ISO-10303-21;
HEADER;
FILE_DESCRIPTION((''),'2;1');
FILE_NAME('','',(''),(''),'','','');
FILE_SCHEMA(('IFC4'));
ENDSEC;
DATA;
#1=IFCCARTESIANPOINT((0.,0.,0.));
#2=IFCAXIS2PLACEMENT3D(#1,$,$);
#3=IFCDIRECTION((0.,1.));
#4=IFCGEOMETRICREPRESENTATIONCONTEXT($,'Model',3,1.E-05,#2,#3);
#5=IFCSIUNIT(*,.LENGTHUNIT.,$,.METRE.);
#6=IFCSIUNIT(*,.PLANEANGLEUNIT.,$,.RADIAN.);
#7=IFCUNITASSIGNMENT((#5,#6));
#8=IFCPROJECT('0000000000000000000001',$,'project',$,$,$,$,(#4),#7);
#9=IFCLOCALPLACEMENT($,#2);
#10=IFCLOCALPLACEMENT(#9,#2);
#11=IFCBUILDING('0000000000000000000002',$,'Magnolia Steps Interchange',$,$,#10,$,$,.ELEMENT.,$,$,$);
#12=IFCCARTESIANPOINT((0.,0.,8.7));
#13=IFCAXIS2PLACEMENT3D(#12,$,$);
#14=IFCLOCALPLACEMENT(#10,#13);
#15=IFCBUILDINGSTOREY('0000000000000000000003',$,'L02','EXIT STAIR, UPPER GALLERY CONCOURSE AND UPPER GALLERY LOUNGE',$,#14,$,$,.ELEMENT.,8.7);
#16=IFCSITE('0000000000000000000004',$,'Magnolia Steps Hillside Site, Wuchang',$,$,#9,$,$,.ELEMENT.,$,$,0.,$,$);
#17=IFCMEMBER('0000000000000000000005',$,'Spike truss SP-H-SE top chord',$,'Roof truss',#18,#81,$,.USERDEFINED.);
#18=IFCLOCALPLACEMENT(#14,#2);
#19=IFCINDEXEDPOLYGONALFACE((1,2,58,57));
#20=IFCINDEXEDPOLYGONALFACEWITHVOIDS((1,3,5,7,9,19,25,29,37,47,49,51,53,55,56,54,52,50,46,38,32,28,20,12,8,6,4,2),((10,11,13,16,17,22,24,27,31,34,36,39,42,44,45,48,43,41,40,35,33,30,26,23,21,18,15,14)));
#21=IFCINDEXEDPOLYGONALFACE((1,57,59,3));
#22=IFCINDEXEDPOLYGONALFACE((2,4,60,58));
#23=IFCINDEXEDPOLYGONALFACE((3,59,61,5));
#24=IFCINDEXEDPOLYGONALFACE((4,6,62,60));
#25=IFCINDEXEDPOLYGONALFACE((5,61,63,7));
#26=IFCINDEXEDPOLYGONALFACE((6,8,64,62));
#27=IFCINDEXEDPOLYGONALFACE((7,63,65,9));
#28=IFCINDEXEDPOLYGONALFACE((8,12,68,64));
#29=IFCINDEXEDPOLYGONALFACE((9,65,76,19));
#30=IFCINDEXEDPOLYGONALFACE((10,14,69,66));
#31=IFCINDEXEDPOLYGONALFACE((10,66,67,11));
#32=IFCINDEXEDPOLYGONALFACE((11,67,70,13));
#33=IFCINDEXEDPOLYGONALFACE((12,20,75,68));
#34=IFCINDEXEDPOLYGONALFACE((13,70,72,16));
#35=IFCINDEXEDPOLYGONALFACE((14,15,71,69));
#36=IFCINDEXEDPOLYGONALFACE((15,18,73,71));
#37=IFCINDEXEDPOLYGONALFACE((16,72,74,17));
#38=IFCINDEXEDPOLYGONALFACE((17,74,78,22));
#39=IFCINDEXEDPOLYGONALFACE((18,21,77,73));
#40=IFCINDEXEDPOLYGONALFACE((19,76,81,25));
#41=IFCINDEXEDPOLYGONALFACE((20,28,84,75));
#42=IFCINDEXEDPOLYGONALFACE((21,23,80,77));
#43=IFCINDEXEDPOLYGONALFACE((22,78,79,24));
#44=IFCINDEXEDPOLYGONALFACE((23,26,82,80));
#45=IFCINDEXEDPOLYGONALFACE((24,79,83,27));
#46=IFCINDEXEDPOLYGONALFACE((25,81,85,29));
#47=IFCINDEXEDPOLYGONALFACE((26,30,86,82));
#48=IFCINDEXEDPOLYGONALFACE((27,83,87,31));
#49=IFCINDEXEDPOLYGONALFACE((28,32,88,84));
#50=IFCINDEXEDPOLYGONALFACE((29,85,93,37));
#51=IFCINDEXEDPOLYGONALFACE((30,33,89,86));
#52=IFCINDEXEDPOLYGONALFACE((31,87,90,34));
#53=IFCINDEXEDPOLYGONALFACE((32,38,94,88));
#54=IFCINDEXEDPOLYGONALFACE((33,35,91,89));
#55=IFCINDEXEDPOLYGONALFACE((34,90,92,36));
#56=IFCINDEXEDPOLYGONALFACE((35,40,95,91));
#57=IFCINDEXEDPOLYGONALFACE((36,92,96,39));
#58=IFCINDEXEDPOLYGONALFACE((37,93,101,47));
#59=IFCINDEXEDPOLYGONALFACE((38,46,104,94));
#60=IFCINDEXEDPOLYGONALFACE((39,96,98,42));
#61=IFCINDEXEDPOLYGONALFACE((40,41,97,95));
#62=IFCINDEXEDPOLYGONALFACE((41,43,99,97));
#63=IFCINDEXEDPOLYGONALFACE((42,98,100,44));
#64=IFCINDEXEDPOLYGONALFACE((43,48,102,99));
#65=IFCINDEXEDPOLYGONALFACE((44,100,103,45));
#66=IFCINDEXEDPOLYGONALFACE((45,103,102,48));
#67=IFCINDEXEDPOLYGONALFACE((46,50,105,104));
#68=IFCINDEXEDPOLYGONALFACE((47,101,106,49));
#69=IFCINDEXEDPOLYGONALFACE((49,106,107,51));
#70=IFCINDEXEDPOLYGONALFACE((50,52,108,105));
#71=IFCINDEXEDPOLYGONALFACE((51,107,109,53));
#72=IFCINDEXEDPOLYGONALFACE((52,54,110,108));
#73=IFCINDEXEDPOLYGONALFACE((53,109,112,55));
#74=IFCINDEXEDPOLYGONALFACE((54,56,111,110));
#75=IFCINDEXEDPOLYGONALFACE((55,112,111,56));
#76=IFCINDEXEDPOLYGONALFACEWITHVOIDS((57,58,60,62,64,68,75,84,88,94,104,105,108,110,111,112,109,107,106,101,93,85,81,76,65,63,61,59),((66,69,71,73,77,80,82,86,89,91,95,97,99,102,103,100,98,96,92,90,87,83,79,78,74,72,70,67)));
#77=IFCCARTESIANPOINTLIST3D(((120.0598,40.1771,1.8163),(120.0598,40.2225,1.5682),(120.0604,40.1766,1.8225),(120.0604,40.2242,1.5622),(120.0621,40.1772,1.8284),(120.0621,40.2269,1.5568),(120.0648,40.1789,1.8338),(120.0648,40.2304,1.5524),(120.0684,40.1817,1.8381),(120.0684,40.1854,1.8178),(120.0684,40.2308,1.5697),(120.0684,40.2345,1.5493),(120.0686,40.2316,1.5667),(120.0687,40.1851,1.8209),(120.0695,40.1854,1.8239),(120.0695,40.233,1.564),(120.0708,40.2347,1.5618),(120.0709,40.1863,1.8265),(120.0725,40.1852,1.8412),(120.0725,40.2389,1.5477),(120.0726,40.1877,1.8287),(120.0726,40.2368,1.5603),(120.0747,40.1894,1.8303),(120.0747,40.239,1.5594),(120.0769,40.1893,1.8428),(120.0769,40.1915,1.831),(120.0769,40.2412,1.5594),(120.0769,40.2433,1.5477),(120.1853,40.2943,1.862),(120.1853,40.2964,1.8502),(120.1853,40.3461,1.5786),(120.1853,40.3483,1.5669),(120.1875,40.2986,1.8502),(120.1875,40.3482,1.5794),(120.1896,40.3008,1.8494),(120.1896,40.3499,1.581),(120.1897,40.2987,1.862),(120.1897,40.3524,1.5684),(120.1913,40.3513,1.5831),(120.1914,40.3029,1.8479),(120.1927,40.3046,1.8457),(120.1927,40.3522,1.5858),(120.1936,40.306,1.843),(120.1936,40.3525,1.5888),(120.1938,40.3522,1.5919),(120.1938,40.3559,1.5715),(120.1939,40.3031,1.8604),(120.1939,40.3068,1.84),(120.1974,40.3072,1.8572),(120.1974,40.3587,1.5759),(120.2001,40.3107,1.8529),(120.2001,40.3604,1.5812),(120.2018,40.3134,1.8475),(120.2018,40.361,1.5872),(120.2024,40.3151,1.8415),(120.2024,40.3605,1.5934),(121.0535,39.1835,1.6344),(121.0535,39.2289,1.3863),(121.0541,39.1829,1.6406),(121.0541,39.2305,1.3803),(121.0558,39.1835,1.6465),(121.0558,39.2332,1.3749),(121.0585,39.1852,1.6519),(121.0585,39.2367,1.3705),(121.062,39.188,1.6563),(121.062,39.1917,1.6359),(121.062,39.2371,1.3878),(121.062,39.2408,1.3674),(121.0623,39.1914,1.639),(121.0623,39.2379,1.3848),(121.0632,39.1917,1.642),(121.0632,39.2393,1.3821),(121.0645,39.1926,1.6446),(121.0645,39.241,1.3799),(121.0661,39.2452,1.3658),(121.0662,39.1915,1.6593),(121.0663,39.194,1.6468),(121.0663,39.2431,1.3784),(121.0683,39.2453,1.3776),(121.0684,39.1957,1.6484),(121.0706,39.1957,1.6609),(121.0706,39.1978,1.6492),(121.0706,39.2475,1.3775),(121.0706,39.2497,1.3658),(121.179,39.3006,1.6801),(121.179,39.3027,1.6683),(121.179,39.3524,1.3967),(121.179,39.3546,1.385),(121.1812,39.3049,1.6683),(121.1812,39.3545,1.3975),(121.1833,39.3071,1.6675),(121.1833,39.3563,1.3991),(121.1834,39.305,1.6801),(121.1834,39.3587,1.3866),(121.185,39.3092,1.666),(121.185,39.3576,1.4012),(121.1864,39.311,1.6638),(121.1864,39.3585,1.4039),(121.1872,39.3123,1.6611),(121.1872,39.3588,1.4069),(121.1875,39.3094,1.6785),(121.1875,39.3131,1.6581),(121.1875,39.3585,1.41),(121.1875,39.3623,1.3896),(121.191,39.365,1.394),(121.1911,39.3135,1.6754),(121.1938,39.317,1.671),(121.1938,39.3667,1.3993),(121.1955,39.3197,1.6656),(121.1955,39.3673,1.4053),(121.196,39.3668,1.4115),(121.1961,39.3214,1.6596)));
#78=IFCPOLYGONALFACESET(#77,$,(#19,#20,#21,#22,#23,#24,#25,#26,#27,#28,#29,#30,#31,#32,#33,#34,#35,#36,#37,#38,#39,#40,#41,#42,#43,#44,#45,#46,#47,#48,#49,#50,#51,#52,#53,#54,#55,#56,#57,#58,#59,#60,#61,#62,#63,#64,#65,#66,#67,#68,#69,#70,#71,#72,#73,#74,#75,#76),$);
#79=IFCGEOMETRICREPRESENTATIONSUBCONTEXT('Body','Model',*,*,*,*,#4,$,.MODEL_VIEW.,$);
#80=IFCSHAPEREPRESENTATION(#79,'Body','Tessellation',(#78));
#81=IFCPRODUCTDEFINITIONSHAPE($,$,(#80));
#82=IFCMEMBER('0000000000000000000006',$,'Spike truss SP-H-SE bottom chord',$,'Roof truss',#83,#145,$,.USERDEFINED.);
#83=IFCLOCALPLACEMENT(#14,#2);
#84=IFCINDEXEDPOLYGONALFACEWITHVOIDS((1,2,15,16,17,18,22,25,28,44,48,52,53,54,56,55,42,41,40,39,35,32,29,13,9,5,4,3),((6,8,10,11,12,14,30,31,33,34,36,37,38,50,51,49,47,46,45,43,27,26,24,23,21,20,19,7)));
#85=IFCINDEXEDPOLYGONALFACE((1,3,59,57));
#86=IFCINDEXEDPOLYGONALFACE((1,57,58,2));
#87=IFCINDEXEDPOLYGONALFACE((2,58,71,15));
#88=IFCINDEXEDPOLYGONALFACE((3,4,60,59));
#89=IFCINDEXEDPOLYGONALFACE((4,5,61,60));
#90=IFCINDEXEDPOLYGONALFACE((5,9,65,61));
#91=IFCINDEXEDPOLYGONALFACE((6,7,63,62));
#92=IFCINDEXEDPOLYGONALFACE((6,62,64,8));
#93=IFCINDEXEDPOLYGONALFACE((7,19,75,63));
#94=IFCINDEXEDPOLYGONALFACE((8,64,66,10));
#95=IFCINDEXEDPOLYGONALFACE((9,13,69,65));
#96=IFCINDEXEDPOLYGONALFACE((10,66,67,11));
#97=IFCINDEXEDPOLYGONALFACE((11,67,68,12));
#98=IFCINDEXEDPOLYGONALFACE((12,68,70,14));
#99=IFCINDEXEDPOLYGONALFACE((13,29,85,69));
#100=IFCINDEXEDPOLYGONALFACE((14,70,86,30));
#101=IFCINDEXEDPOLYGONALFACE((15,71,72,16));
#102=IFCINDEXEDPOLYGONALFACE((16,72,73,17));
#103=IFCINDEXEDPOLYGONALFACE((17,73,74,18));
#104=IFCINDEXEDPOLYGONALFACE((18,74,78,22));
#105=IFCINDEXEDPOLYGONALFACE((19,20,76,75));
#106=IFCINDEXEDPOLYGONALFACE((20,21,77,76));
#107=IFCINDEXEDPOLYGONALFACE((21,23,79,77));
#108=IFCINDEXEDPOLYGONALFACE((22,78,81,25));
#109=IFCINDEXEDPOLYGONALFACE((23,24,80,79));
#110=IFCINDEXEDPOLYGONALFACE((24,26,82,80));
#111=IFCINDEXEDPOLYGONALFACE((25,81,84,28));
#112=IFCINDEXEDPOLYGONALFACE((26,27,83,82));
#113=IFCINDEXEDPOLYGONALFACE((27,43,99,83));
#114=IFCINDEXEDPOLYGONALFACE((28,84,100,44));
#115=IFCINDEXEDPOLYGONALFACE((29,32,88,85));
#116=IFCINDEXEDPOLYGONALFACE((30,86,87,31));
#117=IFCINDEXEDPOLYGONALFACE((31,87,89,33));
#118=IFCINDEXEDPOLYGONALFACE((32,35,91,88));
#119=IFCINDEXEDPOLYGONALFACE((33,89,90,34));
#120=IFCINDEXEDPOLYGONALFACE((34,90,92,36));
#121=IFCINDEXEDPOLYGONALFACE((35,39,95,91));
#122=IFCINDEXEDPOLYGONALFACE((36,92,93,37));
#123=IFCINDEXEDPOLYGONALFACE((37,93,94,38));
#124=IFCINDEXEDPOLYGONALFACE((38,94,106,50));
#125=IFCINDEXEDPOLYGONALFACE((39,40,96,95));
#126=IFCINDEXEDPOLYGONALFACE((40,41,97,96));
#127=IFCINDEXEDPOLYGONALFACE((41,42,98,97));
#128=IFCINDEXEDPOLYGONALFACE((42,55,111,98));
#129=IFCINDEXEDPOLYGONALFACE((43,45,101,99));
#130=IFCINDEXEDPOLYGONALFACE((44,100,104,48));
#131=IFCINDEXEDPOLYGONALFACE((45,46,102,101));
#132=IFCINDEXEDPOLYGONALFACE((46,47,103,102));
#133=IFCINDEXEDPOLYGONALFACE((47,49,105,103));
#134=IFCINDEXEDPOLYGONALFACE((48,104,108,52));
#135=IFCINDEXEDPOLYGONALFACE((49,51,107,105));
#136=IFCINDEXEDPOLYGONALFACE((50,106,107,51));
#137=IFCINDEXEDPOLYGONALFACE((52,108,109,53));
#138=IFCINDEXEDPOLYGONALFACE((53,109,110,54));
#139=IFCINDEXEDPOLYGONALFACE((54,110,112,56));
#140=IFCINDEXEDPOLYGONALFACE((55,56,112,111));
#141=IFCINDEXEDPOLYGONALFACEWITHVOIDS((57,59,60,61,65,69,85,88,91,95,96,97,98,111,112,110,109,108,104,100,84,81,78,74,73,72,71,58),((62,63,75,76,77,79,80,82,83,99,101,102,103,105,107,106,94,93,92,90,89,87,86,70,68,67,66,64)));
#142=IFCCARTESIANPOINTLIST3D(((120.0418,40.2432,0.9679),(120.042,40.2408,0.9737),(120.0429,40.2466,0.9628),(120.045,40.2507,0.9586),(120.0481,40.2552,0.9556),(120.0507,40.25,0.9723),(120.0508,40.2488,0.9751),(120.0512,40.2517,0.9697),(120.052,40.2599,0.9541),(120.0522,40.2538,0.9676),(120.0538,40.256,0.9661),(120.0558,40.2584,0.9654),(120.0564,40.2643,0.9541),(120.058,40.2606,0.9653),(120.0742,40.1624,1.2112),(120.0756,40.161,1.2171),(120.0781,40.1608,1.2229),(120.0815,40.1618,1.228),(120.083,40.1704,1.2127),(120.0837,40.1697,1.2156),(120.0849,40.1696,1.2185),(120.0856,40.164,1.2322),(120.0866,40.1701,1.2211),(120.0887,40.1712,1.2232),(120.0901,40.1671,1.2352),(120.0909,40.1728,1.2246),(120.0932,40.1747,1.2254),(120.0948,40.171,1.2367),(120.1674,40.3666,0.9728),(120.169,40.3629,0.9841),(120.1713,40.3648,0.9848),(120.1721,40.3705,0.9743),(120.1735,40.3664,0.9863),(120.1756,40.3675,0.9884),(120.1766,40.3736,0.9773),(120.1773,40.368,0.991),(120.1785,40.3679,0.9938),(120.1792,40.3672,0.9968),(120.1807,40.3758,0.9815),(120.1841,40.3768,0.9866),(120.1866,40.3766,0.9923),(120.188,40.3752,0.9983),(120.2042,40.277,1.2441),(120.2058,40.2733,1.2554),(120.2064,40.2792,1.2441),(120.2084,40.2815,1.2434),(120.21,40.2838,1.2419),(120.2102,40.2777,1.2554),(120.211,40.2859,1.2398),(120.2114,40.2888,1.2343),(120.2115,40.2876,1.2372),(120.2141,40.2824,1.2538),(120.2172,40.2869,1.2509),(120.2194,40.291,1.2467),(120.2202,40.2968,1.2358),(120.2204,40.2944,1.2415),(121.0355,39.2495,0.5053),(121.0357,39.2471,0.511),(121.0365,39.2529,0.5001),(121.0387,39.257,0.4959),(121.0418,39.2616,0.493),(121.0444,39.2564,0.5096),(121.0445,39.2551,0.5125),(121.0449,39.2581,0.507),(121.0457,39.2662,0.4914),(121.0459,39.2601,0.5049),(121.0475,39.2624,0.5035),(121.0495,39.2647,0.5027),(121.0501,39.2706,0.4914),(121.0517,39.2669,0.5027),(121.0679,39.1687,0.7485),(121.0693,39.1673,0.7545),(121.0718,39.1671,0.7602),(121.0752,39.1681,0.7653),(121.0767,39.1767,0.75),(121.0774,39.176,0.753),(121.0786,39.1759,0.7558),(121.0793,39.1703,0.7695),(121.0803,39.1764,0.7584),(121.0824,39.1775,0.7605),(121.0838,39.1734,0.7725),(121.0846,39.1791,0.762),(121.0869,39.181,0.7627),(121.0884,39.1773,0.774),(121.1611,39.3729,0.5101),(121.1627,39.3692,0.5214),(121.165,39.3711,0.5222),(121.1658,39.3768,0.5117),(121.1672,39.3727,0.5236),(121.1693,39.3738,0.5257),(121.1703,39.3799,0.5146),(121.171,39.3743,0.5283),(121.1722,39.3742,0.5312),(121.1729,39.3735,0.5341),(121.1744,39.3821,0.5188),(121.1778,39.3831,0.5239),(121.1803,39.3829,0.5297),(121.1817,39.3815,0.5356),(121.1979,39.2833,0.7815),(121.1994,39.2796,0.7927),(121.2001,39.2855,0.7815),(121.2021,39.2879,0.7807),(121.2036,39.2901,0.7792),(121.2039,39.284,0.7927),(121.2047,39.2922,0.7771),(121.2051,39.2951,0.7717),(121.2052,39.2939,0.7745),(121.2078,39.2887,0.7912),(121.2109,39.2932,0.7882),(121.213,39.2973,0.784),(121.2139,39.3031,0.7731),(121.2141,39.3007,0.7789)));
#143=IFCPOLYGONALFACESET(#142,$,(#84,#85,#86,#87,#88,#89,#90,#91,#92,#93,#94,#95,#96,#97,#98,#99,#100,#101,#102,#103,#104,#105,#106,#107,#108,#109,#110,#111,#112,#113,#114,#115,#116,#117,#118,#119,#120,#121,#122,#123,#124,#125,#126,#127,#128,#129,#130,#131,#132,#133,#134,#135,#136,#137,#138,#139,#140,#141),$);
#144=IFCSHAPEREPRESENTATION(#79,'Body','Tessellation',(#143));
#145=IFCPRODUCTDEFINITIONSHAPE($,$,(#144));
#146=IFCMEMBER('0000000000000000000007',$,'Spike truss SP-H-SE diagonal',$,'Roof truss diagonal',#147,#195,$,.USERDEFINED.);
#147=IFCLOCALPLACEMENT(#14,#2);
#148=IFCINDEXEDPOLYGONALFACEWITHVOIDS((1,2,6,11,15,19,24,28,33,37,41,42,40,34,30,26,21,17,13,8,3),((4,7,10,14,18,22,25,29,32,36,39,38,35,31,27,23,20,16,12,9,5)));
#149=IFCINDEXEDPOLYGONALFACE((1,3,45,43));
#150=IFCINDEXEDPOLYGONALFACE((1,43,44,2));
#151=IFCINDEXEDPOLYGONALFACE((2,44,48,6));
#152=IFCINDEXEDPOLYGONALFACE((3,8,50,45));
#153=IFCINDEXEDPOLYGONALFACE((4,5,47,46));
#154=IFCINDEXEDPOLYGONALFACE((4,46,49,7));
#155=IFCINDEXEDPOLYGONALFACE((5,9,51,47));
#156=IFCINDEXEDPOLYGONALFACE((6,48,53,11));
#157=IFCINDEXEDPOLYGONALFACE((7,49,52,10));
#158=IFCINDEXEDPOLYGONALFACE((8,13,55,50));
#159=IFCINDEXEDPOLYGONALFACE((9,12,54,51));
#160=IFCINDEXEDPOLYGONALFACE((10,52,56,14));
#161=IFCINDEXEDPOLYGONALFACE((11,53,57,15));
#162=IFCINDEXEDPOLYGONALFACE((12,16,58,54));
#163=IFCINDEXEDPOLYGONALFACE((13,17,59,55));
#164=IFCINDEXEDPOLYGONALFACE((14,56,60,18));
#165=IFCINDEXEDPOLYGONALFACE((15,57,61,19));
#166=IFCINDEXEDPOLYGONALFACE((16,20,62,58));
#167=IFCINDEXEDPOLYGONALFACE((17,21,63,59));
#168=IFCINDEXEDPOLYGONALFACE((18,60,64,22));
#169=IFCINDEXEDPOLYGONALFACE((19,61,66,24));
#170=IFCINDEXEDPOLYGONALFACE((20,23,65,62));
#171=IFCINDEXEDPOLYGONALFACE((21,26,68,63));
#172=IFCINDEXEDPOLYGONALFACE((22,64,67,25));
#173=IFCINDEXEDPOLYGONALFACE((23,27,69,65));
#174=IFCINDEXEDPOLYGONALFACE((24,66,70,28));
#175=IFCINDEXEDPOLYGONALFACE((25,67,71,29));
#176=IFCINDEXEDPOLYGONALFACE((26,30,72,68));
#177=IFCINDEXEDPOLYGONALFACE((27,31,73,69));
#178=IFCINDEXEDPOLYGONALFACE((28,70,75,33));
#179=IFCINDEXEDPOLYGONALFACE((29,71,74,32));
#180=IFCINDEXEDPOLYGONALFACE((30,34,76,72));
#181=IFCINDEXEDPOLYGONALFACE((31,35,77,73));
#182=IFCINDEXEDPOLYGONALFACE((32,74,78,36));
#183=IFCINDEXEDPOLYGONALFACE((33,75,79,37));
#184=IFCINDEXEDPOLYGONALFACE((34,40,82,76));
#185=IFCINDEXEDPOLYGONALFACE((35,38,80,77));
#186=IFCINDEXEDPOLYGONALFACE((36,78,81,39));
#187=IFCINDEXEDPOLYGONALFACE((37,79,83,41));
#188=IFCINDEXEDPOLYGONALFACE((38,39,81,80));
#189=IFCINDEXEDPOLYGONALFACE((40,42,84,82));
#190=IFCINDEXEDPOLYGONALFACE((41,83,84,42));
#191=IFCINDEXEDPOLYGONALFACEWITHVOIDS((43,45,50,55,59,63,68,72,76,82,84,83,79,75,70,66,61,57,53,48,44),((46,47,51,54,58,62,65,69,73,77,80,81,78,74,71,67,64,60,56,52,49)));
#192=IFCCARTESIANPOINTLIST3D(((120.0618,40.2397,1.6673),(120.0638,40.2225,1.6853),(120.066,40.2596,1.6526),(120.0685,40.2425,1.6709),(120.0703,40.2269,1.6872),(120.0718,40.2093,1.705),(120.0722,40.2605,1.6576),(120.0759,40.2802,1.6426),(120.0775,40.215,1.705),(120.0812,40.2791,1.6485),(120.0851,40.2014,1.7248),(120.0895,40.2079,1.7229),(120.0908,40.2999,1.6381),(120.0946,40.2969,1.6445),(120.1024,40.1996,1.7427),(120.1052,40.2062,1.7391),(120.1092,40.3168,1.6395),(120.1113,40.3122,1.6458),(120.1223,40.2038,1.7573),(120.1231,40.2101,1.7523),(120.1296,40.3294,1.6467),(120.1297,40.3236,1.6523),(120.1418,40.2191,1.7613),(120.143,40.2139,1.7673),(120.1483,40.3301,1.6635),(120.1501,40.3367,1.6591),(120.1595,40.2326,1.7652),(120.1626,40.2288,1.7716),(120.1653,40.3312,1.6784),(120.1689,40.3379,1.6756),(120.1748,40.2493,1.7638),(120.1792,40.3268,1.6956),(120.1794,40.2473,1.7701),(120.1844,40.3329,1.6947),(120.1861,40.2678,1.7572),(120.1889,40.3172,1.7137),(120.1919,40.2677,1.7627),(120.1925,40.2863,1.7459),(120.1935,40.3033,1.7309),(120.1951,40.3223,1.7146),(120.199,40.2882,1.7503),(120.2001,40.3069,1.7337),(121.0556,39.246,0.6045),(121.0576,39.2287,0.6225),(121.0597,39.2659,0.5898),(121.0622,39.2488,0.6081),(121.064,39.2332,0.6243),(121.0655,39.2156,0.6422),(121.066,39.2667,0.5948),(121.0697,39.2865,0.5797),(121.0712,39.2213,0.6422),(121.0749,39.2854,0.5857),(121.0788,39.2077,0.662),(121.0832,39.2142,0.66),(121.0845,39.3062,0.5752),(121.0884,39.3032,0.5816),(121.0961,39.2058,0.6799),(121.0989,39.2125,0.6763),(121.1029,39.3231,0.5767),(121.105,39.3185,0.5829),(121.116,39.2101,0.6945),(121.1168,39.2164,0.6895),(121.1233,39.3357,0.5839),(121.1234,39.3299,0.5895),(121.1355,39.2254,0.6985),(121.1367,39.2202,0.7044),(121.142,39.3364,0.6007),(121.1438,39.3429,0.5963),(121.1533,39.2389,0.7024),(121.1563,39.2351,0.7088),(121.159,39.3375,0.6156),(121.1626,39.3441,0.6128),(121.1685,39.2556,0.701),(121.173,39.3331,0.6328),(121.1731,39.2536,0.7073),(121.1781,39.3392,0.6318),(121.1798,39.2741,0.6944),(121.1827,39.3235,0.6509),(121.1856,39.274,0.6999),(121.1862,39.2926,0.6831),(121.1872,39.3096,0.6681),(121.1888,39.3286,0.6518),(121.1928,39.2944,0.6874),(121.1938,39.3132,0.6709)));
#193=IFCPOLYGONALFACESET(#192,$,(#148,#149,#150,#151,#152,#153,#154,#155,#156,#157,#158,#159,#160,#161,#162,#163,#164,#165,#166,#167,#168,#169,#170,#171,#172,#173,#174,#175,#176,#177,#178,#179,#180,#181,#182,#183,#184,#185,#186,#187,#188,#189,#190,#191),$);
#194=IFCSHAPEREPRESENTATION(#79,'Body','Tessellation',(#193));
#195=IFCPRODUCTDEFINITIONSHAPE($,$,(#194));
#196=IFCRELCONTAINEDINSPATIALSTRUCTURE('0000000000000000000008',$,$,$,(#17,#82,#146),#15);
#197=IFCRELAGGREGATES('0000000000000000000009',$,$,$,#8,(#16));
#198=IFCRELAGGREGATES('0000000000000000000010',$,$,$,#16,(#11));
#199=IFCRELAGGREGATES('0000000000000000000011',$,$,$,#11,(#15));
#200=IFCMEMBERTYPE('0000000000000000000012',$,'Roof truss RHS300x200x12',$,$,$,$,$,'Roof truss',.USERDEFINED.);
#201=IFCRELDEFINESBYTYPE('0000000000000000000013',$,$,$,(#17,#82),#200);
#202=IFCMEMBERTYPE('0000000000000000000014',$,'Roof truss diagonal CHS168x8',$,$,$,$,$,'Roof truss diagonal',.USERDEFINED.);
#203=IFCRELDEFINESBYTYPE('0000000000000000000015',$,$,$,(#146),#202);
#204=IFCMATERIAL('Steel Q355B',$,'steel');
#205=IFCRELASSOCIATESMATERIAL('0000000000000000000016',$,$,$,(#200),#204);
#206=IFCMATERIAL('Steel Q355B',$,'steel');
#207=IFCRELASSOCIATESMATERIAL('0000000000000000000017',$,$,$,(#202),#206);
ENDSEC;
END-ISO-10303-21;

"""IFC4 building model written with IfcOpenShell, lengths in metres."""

from ifc_helpers import new_model, si_unit, direction, frame, origin, origin_2d, place, context, subcontext, project, spatial, hollow_rectangle, hollow_circle, extrude, material, material_profile, profile_set, type_object, element, save


model = new_model("IFC4")

# Units and contexts
model_context = context("Model", 3, precision=1e-05, world=origin(), true_north=direction((0.0, 1.0)))
body_context = subcontext(model_context, "Body", "Model", "MODEL_VIEW")
ifc_project = project(units=[si_unit("LENGTHUNIT", "METRE"), si_unit("PLANEANGLEUNIT", "RADIAN")], contexts=[model_context])

# Site, building, storey
site_placement = place(None, origin())
site = spatial("IfcSite", under=ifc_project, at=site_placement, Name="Magnolia Steps Hillside Site, Wuchang", CompositionType="ELEMENT", RefElevation=0.0)
building_placement = place(site_placement, origin())
building = spatial("IfcBuilding", under=site, at=building_placement, Name="Magnolia Steps Interchange", CompositionType="ELEMENT")
storey_placement = place(building_placement, frame((0.0, 0.0, 8.7)))
storey = spatial("IfcBuildingStorey", under=building, at=storey_placement, Name="L02", Description="EXIT STAIR, UPPER GALLERY CONCOURSE AND UPPER GALLERY LOUNGE", CompositionType="ELEMENT", Elevation=8.7)

# Members
ifc_material_1 = material(Name="Steel Q355B", Category="steel")
ifc_material_profile_1 = material_profile(ifc_material_1, hollow_rectangle(XDim=0.2, YDim=0.3, WallThickness=0.012, InnerFilletRadius=0.012, OuterFilletRadius=0.0239, at=origin_2d()), Name="RHS300x200x12")
ifc_profile_set_1 = profile_set([ifc_material_profile_1], Name="Steel Q355B")
member_type_1 = type_object("IfcMemberType", Name="Roof truss RHS300x200x12", ElementType="Roof truss", PredefinedType="USERDEFINED", material=ifc_profile_set_1)
member_1_placement = place(storey_placement, frame((120.1311, 40.2688, 1.7048), z_axis=(0.701257, -0.701257, -0.128363), x_axis=(0.712908, 0.689811, 0.126185)))
element("IfcMember", 1, at=member_1_placement, inside=storey, type_object=member_type_1, Name="Spike truss SP-H-SE top chord", ObjectType="Roof truss", PredefinedType="USERDEFINED", context=body_context, shape_type="SweptSolid", body=[
    extrude(hollow_rectangle(XDim=0.2, YDim=0.3, WallThickness=0.012, InnerFilletRadius=0.012, OuterFilletRadius=0.0239, at=origin_2d()), origin(), (0.0, 0.0, 1.0), 1.417),
])
member_2_placement = place(storey_placement, frame((120.1311, 40.2688, 1.1047), z_axis=(0.671643, -0.671643, -0.312718), x_axis=(0.729791, 0.672511, 0.123023)))
element("IfcMember", 2, at=member_2_placement, inside=storey, type_object=member_type_1, Name="Spike truss SP-H-SE bottom chord", ObjectType="Roof truss", PredefinedType="USERDEFINED", context=body_context, shape_type="SweptSolid", body=[
    extrude(hollow_rectangle(XDim=0.2, YDim=0.3, WallThickness=0.012, InnerFilletRadius=0.012, OuterFilletRadius=0.0239, at=origin_2d()), origin(), (0.0, 0.0, 1.0), 1.4795),
])
ifc_material_2 = material(Name="Steel Q355B", Category="steel")
ifc_material_profile_2 = material_profile(ifc_material_2, hollow_circle(Radius=0.084, WallThickness=0.0081, at=origin_2d()), Name="CHS168x8")
ifc_profile_set_2 = profile_set([ifc_material_profile_2], Name="Steel Q355B")
member_type_2 = type_object("IfcMemberType", Name="Roof truss diagonal CHS168x8", ElementType="Roof truss diagonal", PredefinedType="USERDEFINED", material=ifc_profile_set_2)
member_3_placement = place(storey_placement, frame((120.1311, 40.2688, 1.7048), z_axis=(0.563982, -0.563982, -0.603198), x_axis=(0.761848, 0.637182, 0.116561)))
element("IfcMember", 3, at=member_3_placement, inside=storey, type_object=member_type_2, Name="Spike truss SP-H-SE diagonal", ObjectType="Roof truss diagonal", PredefinedType="USERDEFINED", context=body_context, shape_type="SweptSolid", body=[
    extrude(hollow_circle(Radius=0.084, WallThickness=0.0081, at=origin_2d()), origin(), (0.0, 0.0, 1.0), 1.762),
])

save(model, "model.ifc")
